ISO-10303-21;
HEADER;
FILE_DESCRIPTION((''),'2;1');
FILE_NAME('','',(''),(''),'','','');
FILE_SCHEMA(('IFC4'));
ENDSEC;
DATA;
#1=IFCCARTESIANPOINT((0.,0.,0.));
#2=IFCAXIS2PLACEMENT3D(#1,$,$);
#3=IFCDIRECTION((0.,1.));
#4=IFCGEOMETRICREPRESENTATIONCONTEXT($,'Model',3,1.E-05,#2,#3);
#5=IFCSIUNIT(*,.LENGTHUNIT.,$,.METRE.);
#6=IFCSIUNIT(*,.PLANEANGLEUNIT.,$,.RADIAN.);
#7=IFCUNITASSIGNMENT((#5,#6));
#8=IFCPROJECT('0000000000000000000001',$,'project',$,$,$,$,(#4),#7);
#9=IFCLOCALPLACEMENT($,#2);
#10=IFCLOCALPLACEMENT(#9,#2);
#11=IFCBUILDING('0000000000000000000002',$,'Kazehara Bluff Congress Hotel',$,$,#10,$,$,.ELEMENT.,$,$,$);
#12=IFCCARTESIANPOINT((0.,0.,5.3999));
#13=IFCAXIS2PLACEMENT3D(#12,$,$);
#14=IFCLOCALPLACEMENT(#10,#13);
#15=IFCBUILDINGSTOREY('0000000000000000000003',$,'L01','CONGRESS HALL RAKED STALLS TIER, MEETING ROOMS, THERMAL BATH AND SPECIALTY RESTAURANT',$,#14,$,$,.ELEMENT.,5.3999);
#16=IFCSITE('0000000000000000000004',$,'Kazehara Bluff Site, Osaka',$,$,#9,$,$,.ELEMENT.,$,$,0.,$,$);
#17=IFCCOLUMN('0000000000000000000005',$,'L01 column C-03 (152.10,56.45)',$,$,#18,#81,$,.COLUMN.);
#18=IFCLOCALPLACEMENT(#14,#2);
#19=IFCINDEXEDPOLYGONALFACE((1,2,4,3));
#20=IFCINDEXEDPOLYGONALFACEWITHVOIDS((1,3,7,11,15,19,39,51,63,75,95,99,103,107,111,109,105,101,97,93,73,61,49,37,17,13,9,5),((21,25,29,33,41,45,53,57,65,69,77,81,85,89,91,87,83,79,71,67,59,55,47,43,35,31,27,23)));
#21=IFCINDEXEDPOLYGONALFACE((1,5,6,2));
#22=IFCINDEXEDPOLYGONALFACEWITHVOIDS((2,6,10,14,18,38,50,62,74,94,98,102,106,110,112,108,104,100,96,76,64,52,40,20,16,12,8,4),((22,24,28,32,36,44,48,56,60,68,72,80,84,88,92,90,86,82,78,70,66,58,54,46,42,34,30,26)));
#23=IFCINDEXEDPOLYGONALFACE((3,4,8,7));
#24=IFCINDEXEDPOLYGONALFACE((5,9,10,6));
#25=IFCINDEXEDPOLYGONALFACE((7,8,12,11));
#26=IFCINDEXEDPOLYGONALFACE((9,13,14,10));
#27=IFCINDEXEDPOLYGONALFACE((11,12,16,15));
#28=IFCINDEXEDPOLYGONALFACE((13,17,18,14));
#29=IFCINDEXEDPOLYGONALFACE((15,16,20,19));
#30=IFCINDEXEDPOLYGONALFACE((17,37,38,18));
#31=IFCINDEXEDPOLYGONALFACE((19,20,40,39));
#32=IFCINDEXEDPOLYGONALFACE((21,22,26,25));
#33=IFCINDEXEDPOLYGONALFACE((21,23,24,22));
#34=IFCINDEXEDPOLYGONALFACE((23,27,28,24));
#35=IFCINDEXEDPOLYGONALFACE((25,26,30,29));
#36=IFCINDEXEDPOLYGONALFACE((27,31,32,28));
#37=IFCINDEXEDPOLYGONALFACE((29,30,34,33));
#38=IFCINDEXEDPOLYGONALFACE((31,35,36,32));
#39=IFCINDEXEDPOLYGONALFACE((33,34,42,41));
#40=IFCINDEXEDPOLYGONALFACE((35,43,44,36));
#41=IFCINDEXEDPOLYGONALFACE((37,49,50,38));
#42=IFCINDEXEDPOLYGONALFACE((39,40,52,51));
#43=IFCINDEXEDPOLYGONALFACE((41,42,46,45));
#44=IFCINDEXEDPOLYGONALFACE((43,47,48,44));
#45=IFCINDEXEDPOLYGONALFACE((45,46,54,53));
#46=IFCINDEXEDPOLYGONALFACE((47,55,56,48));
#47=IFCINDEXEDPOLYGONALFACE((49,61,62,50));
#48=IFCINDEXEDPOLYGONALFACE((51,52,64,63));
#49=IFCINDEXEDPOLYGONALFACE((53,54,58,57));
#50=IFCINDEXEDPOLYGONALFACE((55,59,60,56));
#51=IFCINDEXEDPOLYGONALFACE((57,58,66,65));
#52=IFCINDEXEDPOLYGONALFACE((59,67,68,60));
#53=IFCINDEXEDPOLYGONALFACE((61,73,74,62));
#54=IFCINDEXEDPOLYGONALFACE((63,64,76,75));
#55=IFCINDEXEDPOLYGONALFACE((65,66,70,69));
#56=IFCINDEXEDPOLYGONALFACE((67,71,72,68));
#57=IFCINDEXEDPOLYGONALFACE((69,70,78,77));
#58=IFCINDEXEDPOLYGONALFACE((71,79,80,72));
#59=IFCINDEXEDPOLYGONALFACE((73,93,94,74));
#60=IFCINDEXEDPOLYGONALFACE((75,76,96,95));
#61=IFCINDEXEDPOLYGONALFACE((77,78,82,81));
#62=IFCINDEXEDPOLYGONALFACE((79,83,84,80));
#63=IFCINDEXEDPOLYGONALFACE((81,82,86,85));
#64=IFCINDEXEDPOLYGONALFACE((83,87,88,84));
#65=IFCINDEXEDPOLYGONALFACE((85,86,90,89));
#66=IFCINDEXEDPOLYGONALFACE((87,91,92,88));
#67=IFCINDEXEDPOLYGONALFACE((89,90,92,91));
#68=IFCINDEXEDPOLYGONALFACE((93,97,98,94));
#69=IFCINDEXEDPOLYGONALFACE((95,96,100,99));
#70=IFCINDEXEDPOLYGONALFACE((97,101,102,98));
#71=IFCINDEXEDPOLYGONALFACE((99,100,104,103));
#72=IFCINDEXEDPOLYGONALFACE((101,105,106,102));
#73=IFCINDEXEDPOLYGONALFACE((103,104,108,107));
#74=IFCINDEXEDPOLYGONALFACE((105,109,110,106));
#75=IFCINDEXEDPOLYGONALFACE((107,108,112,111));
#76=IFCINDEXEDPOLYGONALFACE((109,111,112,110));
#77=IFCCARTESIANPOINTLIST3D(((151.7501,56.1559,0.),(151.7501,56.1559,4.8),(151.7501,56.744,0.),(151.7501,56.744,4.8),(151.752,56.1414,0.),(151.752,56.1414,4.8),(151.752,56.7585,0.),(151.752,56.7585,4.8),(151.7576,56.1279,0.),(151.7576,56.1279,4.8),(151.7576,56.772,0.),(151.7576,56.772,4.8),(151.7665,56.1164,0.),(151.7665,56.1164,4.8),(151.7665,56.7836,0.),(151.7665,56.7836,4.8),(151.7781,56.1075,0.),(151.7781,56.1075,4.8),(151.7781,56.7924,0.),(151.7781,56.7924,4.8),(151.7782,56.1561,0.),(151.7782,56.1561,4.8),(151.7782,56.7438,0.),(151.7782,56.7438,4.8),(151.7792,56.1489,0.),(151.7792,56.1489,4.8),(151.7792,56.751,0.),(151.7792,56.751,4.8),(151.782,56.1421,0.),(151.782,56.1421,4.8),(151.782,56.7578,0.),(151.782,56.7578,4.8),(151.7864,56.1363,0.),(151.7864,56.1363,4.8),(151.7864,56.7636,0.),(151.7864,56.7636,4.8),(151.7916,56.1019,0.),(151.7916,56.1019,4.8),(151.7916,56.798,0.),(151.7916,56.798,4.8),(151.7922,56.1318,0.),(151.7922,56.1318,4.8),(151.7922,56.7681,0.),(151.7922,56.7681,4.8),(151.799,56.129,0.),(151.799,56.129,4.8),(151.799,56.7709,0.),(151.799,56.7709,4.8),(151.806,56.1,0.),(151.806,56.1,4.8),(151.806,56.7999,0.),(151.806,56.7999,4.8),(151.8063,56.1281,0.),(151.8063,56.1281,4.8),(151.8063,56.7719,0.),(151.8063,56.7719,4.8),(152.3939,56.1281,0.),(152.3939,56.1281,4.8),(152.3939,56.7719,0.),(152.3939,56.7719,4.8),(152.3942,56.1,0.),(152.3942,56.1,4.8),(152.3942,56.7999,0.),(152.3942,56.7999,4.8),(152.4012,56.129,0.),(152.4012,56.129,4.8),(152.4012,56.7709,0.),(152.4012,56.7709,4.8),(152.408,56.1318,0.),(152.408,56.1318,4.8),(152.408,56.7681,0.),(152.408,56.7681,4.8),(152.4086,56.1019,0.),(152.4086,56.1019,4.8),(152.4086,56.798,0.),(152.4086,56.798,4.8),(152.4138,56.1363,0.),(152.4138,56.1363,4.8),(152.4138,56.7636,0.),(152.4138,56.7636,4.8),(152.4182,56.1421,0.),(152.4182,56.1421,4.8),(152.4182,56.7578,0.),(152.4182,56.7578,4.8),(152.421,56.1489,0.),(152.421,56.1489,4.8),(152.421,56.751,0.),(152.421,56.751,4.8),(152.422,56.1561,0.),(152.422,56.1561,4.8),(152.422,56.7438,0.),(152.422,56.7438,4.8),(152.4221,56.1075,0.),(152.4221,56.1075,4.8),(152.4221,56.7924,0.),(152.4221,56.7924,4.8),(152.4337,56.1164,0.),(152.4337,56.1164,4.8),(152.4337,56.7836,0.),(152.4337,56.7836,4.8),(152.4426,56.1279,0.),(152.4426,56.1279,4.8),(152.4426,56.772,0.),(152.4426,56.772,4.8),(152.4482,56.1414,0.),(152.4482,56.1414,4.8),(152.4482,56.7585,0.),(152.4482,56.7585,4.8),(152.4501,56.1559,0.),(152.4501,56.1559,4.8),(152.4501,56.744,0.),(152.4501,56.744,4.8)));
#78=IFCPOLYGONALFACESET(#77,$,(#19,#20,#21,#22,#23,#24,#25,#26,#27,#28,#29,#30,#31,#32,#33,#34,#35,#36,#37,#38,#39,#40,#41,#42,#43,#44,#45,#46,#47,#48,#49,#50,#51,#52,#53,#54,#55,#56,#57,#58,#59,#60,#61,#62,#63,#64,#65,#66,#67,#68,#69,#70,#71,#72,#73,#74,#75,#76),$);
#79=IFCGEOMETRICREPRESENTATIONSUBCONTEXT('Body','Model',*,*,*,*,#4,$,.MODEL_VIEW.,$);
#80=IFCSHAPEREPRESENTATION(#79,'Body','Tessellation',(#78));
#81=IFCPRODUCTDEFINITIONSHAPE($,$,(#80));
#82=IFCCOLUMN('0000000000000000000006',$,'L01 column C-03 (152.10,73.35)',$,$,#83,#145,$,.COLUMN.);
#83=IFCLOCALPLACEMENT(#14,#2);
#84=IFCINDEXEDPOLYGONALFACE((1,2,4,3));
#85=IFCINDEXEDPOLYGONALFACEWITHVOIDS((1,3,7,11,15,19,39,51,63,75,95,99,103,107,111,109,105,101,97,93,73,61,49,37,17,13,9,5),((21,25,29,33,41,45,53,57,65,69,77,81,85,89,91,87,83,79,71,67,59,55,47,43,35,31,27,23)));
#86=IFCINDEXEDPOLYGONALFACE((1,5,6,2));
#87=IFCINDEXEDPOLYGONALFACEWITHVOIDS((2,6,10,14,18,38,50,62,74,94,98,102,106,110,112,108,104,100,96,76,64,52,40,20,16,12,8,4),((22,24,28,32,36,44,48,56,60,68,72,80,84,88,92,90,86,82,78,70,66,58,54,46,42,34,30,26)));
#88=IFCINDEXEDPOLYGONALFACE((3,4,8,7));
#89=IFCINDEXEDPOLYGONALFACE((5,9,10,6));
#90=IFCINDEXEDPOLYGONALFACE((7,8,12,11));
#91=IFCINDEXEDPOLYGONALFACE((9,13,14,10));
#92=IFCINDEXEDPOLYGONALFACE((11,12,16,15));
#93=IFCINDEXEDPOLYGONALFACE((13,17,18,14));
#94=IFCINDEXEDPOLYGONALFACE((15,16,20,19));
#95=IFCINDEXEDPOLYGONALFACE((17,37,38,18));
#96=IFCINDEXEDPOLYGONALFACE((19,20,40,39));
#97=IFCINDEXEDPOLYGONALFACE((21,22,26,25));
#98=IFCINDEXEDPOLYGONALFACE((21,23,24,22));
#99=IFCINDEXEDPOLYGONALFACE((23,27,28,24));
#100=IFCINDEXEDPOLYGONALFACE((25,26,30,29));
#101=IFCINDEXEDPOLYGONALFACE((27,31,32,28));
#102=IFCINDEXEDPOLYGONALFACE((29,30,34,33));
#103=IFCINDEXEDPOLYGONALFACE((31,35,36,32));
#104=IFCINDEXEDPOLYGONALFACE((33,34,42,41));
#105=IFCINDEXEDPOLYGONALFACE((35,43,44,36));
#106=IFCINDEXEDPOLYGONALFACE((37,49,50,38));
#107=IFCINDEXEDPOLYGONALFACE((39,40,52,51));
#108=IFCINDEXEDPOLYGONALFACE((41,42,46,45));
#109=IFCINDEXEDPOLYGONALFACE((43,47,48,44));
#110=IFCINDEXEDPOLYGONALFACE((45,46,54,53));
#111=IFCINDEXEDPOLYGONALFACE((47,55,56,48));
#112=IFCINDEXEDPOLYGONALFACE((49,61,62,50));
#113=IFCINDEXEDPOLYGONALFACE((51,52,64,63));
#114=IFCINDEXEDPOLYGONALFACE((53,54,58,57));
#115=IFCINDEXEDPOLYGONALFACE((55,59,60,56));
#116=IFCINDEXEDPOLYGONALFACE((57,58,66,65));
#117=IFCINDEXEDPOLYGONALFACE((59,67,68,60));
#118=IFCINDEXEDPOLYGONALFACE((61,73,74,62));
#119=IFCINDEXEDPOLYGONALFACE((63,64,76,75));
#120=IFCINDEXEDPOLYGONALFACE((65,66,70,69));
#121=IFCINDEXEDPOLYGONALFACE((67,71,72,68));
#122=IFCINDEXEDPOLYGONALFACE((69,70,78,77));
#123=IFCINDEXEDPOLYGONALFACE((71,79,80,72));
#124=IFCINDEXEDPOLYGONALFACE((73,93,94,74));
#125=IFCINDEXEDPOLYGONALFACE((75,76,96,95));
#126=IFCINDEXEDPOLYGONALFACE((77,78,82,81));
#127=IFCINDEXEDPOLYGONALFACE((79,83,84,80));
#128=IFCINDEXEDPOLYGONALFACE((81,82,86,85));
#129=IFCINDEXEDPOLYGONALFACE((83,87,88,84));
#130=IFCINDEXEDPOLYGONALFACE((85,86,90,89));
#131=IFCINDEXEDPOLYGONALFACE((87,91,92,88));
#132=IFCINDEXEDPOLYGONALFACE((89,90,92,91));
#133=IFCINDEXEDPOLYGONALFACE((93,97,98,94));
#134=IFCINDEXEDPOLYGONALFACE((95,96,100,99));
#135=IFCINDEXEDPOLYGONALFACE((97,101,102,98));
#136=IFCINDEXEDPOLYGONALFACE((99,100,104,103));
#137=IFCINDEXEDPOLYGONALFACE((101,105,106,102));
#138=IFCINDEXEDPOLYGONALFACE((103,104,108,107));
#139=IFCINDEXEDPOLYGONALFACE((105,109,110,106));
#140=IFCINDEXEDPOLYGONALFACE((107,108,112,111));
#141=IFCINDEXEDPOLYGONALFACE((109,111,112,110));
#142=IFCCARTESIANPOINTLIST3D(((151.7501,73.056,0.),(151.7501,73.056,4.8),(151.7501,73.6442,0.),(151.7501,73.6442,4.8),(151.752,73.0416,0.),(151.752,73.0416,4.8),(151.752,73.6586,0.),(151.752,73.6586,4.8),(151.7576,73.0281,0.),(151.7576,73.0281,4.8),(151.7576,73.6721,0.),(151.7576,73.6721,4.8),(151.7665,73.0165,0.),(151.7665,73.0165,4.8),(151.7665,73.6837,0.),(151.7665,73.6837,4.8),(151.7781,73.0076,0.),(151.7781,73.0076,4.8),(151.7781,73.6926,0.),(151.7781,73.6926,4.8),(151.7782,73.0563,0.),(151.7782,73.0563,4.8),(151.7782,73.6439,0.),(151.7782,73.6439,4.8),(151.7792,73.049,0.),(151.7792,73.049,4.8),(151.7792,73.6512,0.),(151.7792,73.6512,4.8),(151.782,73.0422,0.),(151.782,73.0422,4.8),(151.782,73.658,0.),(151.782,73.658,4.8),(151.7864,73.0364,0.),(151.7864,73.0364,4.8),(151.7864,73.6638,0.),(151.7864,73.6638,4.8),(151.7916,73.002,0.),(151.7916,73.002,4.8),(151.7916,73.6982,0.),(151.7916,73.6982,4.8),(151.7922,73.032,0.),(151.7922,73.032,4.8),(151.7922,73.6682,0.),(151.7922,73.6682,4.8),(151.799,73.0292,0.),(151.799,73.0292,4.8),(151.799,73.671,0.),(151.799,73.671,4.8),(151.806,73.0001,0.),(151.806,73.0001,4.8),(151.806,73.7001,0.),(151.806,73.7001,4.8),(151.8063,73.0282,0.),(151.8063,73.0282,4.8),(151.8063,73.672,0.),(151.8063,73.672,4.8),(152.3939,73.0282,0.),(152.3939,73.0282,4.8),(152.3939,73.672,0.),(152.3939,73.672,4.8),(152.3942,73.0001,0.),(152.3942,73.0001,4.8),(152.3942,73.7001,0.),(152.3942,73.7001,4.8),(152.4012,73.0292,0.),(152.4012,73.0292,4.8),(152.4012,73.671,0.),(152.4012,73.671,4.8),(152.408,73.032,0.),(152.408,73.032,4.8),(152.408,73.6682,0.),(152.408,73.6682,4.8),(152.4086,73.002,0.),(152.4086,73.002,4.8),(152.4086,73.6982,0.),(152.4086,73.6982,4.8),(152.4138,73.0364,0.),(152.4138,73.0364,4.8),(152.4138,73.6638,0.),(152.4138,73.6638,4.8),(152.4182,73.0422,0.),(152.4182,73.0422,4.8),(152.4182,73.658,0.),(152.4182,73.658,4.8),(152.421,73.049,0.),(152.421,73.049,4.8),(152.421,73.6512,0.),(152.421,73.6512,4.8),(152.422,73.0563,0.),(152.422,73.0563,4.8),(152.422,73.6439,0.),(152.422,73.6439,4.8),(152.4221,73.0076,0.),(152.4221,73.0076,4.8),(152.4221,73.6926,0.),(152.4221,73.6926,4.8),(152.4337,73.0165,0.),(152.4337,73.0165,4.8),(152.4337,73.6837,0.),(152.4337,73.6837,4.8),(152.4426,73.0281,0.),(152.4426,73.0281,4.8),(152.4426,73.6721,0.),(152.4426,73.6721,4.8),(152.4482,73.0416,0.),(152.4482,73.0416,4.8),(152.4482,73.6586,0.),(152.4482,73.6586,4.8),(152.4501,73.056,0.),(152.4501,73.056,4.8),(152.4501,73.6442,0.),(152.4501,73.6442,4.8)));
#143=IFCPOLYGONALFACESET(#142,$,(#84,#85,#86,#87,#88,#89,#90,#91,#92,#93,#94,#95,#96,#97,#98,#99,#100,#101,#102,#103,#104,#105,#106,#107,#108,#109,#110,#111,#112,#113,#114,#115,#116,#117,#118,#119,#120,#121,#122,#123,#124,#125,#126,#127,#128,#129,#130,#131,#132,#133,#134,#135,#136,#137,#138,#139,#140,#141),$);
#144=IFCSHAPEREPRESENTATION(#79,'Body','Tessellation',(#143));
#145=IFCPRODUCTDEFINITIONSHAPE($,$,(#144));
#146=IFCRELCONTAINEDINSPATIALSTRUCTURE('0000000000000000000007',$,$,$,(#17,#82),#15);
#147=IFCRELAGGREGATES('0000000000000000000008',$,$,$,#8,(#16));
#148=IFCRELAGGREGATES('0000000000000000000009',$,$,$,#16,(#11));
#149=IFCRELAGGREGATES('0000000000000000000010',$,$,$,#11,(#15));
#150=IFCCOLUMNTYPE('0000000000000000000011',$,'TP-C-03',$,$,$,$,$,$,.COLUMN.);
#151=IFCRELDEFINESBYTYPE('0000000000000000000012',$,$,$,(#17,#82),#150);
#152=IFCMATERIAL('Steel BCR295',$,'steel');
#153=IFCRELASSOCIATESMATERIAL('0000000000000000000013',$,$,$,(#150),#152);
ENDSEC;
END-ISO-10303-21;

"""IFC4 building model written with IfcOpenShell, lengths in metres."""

from ifc_helpers import new_model, si_unit, direction, frame, origin, origin_2d, place, context, subcontext, project, spatial, hollow_rectangle, extrude, material, material_profile, profile_set, type_object, element, save


model = new_model("IFC4")

# Units and contexts
model_context = context("Model", 3, precision=1e-05, world=origin(), true_north=direction((0.0, 1.0)))
body_context = subcontext(model_context, "Body", "Model", "MODEL_VIEW")
ifc_project = project(units=[si_unit("LENGTHUNIT", "METRE"), si_unit("PLANEANGLEUNIT", "RADIAN")], contexts=[model_context])

# Site, building, storey
site_placement = place(None, origin())
site = spatial("IfcSite", under=ifc_project, at=site_placement, Name="Kazehara Bluff Site, Osaka", CompositionType="ELEMENT", RefElevation=0.0)
building_placement = place(site_placement, origin())
building = spatial("IfcBuilding", under=site, at=building_placement, Name="Kazehara Bluff Congress Hotel", CompositionType="ELEMENT")
storey_placement = place(building_placement, frame((0.0, 0.0, 5.3999)))
storey = spatial("IfcBuildingStorey", under=building, at=storey_placement, Name="L01", Description="CONGRESS HALL RAKED STALLS TIER, MEETING ROOMS, THERMAL BATH AND SPECIALTY RESTAURANT", CompositionType="ELEMENT", Elevation=5.3999)

# Columns
ifc_material_1 = material(Name="Steel BCR295", Category="steel")
ifc_material_profile_1 = material_profile(ifc_material_1, hollow_rectangle(XDim=0.7, YDim=0.7, WallThickness=0.0281, InnerFilletRadius=0.0281, OuterFilletRadius=0.0559, at=origin_2d()))
ifc_profile_set_1 = profile_set([ifc_material_profile_1], Name="Steel BCR295")
column_type_1 = type_object("IfcColumnType", Name="TP-C-03", PredefinedType="COLUMN", material=ifc_profile_set_1)
for number, where, z_axis, x_axis, name in (
    (1, (152.1001, 56.45, 0.0), (0.0, 0.0, 1.0), (1.0, 0.0, 0.0), "L01 column C-03 (152.10,56.45)"),
    (2, (152.1001, 73.3501, 0.0), (0.0, 0.0, 1.0), (1.0, 0.0, 0.0), "L01 column C-03 (152.10,73.35)"),
):
    element("IfcColumn", number, at=place(storey_placement, frame(where, z_axis=z_axis, x_axis=x_axis)), inside=storey, type_object=column_type_1, Name=name, PredefinedType="COLUMN", context=body_context, shape_type="SweptSolid", body=[
        extrude(hollow_rectangle(XDim=0.7, YDim=0.7, WallThickness=0.0281, InnerFilletRadius=0.0281, OuterFilletRadius=0.0559, at=origin_2d()), origin(), (0.0, 0.0, 1.0), 4.8),
    ])

save(model, "model.ifc")
